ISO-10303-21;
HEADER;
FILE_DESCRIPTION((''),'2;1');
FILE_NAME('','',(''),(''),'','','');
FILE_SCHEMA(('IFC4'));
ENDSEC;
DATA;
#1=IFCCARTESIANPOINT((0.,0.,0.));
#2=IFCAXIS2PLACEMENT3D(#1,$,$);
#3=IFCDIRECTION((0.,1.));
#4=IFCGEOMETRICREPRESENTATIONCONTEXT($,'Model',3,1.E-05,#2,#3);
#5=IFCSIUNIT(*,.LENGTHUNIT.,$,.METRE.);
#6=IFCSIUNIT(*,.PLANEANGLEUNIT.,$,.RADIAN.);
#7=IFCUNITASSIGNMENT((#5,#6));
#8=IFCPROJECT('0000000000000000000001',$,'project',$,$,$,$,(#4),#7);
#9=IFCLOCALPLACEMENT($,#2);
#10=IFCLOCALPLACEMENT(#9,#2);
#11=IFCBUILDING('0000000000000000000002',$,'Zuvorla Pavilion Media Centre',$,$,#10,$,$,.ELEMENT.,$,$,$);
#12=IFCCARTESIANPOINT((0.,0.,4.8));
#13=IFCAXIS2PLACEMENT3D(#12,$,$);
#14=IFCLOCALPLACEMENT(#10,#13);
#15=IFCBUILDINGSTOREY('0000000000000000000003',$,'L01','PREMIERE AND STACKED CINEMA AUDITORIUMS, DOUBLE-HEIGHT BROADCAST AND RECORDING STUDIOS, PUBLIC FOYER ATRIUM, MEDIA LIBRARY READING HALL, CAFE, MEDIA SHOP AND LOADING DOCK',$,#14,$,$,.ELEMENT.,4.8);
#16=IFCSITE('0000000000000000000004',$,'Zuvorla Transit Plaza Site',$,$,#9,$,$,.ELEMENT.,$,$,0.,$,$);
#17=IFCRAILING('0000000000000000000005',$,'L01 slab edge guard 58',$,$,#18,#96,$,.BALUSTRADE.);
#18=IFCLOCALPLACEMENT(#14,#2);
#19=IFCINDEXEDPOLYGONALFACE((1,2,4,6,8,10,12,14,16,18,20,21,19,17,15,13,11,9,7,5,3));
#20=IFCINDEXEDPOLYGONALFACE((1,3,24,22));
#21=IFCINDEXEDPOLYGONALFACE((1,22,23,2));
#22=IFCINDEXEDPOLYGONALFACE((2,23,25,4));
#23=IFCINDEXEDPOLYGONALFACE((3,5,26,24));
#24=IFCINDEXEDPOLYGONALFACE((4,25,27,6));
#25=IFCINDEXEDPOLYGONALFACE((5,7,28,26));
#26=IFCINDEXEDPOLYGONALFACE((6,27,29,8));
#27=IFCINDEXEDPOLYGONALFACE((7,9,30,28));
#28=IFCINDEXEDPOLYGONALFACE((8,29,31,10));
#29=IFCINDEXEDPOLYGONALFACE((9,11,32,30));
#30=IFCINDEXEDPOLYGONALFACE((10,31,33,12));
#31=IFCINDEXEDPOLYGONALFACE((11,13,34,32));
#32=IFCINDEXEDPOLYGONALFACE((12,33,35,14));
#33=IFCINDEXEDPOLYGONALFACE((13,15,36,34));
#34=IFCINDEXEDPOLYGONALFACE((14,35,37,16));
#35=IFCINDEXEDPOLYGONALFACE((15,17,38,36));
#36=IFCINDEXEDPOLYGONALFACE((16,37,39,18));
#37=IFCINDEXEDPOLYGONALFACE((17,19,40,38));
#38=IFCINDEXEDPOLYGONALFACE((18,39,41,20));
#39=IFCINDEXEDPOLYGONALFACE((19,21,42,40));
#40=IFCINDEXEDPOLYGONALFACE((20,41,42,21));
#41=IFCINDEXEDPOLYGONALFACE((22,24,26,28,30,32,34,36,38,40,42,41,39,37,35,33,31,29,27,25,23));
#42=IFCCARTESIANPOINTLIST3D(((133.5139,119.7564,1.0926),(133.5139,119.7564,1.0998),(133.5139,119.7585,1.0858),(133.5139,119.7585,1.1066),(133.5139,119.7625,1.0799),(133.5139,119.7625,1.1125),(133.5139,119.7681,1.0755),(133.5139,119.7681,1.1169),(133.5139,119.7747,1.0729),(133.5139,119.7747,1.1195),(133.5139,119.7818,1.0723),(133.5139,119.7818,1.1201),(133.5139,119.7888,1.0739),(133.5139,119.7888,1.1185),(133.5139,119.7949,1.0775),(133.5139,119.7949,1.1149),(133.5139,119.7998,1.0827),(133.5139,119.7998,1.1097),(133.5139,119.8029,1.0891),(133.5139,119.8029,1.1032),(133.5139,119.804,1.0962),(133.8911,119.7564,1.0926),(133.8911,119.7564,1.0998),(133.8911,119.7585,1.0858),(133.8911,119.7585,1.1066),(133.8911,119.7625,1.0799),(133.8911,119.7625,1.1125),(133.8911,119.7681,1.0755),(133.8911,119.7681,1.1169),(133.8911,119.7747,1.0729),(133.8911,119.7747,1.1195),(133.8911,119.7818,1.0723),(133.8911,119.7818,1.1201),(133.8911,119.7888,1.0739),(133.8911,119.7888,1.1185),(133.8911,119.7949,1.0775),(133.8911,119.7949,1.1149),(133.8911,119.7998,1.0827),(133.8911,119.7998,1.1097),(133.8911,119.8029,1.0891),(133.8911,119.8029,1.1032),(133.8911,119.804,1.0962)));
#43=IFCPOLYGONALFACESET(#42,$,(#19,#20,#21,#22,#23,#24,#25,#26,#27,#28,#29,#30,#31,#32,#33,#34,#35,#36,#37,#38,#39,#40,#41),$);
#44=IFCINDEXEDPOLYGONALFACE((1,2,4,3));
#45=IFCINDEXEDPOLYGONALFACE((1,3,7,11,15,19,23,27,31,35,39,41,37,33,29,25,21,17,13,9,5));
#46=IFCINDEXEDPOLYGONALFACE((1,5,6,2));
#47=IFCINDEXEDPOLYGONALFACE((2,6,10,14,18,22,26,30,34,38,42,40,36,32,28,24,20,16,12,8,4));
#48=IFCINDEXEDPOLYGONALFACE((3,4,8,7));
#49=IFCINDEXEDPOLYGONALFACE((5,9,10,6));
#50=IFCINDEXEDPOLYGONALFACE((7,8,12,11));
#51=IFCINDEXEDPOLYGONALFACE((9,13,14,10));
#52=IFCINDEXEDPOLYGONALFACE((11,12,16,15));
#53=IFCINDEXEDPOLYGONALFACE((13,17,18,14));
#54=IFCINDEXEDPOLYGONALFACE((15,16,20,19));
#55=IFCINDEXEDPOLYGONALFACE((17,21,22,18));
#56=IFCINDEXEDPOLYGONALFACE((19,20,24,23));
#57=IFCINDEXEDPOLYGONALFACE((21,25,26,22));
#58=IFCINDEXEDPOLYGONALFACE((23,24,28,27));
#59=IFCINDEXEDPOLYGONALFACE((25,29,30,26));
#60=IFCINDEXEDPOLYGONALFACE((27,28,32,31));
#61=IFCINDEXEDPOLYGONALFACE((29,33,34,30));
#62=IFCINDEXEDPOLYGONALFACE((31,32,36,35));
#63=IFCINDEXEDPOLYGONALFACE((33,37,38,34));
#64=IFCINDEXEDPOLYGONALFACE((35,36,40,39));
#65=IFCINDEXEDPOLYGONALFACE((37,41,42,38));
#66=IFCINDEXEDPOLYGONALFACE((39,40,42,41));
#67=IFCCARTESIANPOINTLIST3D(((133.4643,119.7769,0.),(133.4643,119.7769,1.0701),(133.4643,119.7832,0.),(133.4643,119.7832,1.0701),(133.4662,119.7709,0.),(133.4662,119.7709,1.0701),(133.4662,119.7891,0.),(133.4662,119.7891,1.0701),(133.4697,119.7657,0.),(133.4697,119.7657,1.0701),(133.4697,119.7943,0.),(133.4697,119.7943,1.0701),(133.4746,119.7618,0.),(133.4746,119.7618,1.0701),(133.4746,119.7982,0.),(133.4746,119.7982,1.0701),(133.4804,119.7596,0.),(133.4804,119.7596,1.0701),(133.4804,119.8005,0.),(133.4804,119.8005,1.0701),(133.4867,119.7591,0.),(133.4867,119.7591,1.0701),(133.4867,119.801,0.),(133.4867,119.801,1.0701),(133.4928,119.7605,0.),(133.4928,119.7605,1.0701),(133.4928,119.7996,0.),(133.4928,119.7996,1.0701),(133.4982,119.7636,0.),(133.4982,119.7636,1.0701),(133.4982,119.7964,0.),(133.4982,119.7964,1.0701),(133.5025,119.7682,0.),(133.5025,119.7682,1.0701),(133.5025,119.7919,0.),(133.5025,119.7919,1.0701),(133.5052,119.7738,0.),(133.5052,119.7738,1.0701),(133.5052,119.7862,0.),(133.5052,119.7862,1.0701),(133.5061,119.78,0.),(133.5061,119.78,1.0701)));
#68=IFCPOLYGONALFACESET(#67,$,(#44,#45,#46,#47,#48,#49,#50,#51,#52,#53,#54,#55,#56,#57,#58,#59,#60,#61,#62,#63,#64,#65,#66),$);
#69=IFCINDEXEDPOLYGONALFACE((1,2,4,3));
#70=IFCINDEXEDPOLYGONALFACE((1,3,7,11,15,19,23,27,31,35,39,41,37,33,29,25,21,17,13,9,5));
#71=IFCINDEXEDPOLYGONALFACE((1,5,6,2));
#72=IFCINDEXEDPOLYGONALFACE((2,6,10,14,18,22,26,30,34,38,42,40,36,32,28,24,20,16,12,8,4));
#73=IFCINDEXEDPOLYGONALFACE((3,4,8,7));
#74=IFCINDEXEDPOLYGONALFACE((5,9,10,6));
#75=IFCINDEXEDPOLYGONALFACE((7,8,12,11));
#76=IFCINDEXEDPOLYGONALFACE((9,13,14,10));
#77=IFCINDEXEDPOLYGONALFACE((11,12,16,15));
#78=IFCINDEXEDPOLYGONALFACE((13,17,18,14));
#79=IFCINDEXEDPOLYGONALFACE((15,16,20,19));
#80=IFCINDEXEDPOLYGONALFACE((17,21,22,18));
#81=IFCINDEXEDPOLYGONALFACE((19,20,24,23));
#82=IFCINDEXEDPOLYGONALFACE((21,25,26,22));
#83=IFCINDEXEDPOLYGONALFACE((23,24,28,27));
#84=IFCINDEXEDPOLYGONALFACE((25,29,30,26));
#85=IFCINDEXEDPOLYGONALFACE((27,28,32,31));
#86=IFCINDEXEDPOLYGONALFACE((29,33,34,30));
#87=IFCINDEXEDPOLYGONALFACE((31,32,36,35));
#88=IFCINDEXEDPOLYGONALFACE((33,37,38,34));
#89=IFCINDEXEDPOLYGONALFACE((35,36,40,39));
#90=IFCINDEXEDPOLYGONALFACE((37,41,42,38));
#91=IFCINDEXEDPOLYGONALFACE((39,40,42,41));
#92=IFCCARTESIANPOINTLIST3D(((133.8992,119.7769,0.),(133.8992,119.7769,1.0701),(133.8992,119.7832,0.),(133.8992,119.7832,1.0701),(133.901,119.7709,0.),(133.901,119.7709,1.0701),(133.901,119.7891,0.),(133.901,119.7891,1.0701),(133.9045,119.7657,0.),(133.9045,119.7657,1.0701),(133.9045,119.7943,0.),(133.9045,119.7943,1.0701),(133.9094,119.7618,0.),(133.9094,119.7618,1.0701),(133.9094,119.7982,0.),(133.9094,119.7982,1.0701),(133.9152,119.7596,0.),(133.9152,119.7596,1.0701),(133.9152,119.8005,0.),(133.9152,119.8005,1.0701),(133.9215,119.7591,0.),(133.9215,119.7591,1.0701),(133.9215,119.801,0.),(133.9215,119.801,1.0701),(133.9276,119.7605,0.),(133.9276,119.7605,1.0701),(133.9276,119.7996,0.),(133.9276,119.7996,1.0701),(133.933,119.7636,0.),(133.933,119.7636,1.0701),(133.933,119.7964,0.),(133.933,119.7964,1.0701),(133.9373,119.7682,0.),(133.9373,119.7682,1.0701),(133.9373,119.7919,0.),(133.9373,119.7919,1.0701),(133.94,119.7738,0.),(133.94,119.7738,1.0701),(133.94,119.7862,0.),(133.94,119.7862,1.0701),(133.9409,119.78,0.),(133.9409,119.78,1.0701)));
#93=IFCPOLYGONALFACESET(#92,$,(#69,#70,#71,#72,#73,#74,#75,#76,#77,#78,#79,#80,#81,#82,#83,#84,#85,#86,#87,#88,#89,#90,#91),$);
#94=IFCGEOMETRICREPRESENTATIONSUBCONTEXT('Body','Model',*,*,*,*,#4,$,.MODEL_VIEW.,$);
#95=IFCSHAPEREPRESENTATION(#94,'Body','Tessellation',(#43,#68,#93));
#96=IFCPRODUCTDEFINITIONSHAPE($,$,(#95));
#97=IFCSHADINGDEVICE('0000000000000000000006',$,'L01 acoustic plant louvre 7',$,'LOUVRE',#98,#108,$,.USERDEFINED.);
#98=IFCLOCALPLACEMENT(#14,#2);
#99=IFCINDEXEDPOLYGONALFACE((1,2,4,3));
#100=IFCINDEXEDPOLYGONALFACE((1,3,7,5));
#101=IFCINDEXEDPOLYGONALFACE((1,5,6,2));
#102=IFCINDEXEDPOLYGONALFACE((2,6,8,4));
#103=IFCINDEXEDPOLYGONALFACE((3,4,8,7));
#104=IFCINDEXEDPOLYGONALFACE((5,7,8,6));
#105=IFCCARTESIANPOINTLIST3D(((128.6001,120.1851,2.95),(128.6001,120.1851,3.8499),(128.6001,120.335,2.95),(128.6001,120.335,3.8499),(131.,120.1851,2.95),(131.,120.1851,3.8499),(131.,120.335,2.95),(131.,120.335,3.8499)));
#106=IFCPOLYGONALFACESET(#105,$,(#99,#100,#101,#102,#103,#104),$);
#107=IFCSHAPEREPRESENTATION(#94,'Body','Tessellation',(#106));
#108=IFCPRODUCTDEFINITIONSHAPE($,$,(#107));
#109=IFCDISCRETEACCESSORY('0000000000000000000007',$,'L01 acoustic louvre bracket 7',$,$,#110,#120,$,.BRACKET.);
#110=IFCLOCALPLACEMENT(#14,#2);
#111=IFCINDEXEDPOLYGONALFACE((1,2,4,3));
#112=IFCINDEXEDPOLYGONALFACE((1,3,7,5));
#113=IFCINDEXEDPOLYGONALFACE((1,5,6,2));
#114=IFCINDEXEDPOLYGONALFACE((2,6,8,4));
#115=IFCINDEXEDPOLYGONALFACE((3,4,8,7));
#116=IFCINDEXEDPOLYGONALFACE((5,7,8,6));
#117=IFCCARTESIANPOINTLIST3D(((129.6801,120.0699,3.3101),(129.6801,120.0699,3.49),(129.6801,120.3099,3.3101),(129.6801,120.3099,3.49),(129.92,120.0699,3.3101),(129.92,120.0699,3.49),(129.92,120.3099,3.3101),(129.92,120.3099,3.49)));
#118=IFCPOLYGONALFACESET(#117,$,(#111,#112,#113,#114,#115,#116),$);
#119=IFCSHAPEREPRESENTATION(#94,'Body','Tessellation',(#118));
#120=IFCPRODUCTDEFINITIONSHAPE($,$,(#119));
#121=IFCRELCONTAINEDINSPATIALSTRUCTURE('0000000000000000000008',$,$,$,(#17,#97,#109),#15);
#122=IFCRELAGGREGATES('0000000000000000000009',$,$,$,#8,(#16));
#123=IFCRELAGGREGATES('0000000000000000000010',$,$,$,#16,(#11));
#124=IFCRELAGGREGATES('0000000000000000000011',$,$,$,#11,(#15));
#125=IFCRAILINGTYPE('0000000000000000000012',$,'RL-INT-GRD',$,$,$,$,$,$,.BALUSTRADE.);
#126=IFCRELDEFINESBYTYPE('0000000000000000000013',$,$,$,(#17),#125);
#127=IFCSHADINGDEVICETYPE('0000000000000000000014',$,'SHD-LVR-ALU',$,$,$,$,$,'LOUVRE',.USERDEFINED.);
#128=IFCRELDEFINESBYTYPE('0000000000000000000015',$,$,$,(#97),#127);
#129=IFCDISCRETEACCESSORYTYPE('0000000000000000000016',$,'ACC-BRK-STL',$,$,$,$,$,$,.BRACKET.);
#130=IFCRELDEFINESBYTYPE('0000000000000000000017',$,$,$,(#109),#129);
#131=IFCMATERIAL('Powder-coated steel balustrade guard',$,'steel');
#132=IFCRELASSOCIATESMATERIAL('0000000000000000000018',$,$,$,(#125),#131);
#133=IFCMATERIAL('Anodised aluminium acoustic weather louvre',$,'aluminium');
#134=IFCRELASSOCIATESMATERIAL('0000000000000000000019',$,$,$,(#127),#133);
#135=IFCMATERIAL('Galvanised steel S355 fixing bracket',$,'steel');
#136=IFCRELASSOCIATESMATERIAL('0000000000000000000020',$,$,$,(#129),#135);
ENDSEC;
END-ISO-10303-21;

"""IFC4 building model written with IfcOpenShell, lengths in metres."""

from ifc_helpers import new_model, si_unit, direction, frame, origin, origin_2d, place, context, subcontext, project, spatial, rectangle, circle, extrude, material, type_object, element, save


model = new_model("IFC4")

# Units and contexts
model_context = context("Model", 3, precision=1e-05, world=origin(), true_north=direction((0.0, 1.0)))
body_context = subcontext(model_context, "Body", "Model", "MODEL_VIEW")
ifc_project = project(units=[si_unit("LENGTHUNIT", "METRE"), si_unit("PLANEANGLEUNIT", "RADIAN")], contexts=[model_context])

# Site, building, storey
site_placement = place(None, origin())
site = spatial("IfcSite", under=ifc_project, at=site_placement, Name="Zuvorla Transit Plaza Site", CompositionType="ELEMENT", RefElevation=0.0)
building_placement = place(site_placement, origin())
building = spatial("IfcBuilding", under=site, at=building_placement, Name="Zuvorla Pavilion Media Centre", CompositionType="ELEMENT")
storey_placement = place(building_placement, frame((0.0, 0.0, 4.8)))
storey = spatial("IfcBuildingStorey", under=building, at=storey_placement, Name="L01", Description="PREMIERE AND STACKED CINEMA AUDITORIUMS, DOUBLE-HEIGHT BROADCAST AND RECORDING STUDIOS, PUBLIC FOYER ATRIUM, MEDIA LIBRARY READING HALL, CAFE, MEDIA SHOP AND LOADING DOCK", CompositionType="ELEMENT", Elevation=4.8)

# Railing
ifc_material_1 = material(Name="Powder-coated steel balustrade guard", Category="steel")
railing_type = type_object("IfcRailingType", Name="RL-INT-GRD", PredefinedType="BALUSTRADE", material=ifc_material_1)
railing_1_placement = place(storey_placement, frame((133.4851, 119.78, 0.0)))
element("IfcRailing", 1, at=railing_1_placement, inside=storey, type_object=railing_type, Name="L01 slab edge guard 58", PredefinedType="BALUSTRADE", context=body_context, shape_type="SweptSolid", body=[
    extrude(circle(Radius=0.0239, at=origin_2d()), frame((0.0288, 0.0, 1.0962), z_axis=(1.0, 0.0, 0.0), x_axis=(0.0, 1.0, 0.0)), (0.0, 0.0, 1.0), 0.3772),
    extrude(circle(Radius=0.021, at=origin_2d()), origin(), (0.0, 0.0, 1.0), 1.0701),
    extrude(circle(Radius=0.021, at=origin_2d()), frame((0.4348, 0.0, 0.0)), (0.0, 0.0, 1.0), 1.0701),
])

# Shading device
ifc_material_2 = material(Name="Anodised aluminium acoustic weather louvre", Category="aluminium")
shading_device_type = type_object("IfcShadingDeviceType", Name="SHD-LVR-ALU", ElementType="LOUVRE", PredefinedType="USERDEFINED", material=ifc_material_2)
shading_device_placement = place(storey_placement, frame((129.8, 120.26, 2.95), z_axis=(0.0, 0.0, 1.0), x_axis=(1.0, 0.0, 0.0)))
element("IfcShadingDevice", 2, at=shading_device_placement, inside=storey, type_object=shading_device_type, Name="L01 acoustic plant louvre 7", ObjectType="LOUVRE", PredefinedType="USERDEFINED", context=body_context, shape_type="SweptSolid", body=[
    extrude(rectangle(XDim=2.3999, YDim=0.1499, at=origin_2d()), origin(), (0.0, 0.0, 1.0), 0.8999),
])

# Discrete accessory
ifc_material_3 = material(Name="Galvanised steel S355 fixing bracket", Category="steel")
discrete_accessory_type = type_object("IfcDiscreteAccessoryType", Name="ACC-BRK-STL", PredefinedType="BRACKET", material=ifc_material_3)
discrete_accessory_placement = place(storey_placement, frame((129.8, 120.1899, 3.3101), z_axis=(0.0, 0.0, 1.0), x_axis=(1.0, 0.0, 0.0)))
element("IfcDiscreteAccessory", 3, at=discrete_accessory_placement, inside=storey, type_object=discrete_accessory_type, Name="L01 acoustic louvre bracket 7", PredefinedType="BRACKET", context=body_context, shape_type="SweptSolid", body=[
    extrude(rectangle(XDim=0.24, YDim=0.24, at=origin_2d()), origin(), (0.0, 0.0, 1.0), 0.1799),
])

save(model, "model.ifc")
